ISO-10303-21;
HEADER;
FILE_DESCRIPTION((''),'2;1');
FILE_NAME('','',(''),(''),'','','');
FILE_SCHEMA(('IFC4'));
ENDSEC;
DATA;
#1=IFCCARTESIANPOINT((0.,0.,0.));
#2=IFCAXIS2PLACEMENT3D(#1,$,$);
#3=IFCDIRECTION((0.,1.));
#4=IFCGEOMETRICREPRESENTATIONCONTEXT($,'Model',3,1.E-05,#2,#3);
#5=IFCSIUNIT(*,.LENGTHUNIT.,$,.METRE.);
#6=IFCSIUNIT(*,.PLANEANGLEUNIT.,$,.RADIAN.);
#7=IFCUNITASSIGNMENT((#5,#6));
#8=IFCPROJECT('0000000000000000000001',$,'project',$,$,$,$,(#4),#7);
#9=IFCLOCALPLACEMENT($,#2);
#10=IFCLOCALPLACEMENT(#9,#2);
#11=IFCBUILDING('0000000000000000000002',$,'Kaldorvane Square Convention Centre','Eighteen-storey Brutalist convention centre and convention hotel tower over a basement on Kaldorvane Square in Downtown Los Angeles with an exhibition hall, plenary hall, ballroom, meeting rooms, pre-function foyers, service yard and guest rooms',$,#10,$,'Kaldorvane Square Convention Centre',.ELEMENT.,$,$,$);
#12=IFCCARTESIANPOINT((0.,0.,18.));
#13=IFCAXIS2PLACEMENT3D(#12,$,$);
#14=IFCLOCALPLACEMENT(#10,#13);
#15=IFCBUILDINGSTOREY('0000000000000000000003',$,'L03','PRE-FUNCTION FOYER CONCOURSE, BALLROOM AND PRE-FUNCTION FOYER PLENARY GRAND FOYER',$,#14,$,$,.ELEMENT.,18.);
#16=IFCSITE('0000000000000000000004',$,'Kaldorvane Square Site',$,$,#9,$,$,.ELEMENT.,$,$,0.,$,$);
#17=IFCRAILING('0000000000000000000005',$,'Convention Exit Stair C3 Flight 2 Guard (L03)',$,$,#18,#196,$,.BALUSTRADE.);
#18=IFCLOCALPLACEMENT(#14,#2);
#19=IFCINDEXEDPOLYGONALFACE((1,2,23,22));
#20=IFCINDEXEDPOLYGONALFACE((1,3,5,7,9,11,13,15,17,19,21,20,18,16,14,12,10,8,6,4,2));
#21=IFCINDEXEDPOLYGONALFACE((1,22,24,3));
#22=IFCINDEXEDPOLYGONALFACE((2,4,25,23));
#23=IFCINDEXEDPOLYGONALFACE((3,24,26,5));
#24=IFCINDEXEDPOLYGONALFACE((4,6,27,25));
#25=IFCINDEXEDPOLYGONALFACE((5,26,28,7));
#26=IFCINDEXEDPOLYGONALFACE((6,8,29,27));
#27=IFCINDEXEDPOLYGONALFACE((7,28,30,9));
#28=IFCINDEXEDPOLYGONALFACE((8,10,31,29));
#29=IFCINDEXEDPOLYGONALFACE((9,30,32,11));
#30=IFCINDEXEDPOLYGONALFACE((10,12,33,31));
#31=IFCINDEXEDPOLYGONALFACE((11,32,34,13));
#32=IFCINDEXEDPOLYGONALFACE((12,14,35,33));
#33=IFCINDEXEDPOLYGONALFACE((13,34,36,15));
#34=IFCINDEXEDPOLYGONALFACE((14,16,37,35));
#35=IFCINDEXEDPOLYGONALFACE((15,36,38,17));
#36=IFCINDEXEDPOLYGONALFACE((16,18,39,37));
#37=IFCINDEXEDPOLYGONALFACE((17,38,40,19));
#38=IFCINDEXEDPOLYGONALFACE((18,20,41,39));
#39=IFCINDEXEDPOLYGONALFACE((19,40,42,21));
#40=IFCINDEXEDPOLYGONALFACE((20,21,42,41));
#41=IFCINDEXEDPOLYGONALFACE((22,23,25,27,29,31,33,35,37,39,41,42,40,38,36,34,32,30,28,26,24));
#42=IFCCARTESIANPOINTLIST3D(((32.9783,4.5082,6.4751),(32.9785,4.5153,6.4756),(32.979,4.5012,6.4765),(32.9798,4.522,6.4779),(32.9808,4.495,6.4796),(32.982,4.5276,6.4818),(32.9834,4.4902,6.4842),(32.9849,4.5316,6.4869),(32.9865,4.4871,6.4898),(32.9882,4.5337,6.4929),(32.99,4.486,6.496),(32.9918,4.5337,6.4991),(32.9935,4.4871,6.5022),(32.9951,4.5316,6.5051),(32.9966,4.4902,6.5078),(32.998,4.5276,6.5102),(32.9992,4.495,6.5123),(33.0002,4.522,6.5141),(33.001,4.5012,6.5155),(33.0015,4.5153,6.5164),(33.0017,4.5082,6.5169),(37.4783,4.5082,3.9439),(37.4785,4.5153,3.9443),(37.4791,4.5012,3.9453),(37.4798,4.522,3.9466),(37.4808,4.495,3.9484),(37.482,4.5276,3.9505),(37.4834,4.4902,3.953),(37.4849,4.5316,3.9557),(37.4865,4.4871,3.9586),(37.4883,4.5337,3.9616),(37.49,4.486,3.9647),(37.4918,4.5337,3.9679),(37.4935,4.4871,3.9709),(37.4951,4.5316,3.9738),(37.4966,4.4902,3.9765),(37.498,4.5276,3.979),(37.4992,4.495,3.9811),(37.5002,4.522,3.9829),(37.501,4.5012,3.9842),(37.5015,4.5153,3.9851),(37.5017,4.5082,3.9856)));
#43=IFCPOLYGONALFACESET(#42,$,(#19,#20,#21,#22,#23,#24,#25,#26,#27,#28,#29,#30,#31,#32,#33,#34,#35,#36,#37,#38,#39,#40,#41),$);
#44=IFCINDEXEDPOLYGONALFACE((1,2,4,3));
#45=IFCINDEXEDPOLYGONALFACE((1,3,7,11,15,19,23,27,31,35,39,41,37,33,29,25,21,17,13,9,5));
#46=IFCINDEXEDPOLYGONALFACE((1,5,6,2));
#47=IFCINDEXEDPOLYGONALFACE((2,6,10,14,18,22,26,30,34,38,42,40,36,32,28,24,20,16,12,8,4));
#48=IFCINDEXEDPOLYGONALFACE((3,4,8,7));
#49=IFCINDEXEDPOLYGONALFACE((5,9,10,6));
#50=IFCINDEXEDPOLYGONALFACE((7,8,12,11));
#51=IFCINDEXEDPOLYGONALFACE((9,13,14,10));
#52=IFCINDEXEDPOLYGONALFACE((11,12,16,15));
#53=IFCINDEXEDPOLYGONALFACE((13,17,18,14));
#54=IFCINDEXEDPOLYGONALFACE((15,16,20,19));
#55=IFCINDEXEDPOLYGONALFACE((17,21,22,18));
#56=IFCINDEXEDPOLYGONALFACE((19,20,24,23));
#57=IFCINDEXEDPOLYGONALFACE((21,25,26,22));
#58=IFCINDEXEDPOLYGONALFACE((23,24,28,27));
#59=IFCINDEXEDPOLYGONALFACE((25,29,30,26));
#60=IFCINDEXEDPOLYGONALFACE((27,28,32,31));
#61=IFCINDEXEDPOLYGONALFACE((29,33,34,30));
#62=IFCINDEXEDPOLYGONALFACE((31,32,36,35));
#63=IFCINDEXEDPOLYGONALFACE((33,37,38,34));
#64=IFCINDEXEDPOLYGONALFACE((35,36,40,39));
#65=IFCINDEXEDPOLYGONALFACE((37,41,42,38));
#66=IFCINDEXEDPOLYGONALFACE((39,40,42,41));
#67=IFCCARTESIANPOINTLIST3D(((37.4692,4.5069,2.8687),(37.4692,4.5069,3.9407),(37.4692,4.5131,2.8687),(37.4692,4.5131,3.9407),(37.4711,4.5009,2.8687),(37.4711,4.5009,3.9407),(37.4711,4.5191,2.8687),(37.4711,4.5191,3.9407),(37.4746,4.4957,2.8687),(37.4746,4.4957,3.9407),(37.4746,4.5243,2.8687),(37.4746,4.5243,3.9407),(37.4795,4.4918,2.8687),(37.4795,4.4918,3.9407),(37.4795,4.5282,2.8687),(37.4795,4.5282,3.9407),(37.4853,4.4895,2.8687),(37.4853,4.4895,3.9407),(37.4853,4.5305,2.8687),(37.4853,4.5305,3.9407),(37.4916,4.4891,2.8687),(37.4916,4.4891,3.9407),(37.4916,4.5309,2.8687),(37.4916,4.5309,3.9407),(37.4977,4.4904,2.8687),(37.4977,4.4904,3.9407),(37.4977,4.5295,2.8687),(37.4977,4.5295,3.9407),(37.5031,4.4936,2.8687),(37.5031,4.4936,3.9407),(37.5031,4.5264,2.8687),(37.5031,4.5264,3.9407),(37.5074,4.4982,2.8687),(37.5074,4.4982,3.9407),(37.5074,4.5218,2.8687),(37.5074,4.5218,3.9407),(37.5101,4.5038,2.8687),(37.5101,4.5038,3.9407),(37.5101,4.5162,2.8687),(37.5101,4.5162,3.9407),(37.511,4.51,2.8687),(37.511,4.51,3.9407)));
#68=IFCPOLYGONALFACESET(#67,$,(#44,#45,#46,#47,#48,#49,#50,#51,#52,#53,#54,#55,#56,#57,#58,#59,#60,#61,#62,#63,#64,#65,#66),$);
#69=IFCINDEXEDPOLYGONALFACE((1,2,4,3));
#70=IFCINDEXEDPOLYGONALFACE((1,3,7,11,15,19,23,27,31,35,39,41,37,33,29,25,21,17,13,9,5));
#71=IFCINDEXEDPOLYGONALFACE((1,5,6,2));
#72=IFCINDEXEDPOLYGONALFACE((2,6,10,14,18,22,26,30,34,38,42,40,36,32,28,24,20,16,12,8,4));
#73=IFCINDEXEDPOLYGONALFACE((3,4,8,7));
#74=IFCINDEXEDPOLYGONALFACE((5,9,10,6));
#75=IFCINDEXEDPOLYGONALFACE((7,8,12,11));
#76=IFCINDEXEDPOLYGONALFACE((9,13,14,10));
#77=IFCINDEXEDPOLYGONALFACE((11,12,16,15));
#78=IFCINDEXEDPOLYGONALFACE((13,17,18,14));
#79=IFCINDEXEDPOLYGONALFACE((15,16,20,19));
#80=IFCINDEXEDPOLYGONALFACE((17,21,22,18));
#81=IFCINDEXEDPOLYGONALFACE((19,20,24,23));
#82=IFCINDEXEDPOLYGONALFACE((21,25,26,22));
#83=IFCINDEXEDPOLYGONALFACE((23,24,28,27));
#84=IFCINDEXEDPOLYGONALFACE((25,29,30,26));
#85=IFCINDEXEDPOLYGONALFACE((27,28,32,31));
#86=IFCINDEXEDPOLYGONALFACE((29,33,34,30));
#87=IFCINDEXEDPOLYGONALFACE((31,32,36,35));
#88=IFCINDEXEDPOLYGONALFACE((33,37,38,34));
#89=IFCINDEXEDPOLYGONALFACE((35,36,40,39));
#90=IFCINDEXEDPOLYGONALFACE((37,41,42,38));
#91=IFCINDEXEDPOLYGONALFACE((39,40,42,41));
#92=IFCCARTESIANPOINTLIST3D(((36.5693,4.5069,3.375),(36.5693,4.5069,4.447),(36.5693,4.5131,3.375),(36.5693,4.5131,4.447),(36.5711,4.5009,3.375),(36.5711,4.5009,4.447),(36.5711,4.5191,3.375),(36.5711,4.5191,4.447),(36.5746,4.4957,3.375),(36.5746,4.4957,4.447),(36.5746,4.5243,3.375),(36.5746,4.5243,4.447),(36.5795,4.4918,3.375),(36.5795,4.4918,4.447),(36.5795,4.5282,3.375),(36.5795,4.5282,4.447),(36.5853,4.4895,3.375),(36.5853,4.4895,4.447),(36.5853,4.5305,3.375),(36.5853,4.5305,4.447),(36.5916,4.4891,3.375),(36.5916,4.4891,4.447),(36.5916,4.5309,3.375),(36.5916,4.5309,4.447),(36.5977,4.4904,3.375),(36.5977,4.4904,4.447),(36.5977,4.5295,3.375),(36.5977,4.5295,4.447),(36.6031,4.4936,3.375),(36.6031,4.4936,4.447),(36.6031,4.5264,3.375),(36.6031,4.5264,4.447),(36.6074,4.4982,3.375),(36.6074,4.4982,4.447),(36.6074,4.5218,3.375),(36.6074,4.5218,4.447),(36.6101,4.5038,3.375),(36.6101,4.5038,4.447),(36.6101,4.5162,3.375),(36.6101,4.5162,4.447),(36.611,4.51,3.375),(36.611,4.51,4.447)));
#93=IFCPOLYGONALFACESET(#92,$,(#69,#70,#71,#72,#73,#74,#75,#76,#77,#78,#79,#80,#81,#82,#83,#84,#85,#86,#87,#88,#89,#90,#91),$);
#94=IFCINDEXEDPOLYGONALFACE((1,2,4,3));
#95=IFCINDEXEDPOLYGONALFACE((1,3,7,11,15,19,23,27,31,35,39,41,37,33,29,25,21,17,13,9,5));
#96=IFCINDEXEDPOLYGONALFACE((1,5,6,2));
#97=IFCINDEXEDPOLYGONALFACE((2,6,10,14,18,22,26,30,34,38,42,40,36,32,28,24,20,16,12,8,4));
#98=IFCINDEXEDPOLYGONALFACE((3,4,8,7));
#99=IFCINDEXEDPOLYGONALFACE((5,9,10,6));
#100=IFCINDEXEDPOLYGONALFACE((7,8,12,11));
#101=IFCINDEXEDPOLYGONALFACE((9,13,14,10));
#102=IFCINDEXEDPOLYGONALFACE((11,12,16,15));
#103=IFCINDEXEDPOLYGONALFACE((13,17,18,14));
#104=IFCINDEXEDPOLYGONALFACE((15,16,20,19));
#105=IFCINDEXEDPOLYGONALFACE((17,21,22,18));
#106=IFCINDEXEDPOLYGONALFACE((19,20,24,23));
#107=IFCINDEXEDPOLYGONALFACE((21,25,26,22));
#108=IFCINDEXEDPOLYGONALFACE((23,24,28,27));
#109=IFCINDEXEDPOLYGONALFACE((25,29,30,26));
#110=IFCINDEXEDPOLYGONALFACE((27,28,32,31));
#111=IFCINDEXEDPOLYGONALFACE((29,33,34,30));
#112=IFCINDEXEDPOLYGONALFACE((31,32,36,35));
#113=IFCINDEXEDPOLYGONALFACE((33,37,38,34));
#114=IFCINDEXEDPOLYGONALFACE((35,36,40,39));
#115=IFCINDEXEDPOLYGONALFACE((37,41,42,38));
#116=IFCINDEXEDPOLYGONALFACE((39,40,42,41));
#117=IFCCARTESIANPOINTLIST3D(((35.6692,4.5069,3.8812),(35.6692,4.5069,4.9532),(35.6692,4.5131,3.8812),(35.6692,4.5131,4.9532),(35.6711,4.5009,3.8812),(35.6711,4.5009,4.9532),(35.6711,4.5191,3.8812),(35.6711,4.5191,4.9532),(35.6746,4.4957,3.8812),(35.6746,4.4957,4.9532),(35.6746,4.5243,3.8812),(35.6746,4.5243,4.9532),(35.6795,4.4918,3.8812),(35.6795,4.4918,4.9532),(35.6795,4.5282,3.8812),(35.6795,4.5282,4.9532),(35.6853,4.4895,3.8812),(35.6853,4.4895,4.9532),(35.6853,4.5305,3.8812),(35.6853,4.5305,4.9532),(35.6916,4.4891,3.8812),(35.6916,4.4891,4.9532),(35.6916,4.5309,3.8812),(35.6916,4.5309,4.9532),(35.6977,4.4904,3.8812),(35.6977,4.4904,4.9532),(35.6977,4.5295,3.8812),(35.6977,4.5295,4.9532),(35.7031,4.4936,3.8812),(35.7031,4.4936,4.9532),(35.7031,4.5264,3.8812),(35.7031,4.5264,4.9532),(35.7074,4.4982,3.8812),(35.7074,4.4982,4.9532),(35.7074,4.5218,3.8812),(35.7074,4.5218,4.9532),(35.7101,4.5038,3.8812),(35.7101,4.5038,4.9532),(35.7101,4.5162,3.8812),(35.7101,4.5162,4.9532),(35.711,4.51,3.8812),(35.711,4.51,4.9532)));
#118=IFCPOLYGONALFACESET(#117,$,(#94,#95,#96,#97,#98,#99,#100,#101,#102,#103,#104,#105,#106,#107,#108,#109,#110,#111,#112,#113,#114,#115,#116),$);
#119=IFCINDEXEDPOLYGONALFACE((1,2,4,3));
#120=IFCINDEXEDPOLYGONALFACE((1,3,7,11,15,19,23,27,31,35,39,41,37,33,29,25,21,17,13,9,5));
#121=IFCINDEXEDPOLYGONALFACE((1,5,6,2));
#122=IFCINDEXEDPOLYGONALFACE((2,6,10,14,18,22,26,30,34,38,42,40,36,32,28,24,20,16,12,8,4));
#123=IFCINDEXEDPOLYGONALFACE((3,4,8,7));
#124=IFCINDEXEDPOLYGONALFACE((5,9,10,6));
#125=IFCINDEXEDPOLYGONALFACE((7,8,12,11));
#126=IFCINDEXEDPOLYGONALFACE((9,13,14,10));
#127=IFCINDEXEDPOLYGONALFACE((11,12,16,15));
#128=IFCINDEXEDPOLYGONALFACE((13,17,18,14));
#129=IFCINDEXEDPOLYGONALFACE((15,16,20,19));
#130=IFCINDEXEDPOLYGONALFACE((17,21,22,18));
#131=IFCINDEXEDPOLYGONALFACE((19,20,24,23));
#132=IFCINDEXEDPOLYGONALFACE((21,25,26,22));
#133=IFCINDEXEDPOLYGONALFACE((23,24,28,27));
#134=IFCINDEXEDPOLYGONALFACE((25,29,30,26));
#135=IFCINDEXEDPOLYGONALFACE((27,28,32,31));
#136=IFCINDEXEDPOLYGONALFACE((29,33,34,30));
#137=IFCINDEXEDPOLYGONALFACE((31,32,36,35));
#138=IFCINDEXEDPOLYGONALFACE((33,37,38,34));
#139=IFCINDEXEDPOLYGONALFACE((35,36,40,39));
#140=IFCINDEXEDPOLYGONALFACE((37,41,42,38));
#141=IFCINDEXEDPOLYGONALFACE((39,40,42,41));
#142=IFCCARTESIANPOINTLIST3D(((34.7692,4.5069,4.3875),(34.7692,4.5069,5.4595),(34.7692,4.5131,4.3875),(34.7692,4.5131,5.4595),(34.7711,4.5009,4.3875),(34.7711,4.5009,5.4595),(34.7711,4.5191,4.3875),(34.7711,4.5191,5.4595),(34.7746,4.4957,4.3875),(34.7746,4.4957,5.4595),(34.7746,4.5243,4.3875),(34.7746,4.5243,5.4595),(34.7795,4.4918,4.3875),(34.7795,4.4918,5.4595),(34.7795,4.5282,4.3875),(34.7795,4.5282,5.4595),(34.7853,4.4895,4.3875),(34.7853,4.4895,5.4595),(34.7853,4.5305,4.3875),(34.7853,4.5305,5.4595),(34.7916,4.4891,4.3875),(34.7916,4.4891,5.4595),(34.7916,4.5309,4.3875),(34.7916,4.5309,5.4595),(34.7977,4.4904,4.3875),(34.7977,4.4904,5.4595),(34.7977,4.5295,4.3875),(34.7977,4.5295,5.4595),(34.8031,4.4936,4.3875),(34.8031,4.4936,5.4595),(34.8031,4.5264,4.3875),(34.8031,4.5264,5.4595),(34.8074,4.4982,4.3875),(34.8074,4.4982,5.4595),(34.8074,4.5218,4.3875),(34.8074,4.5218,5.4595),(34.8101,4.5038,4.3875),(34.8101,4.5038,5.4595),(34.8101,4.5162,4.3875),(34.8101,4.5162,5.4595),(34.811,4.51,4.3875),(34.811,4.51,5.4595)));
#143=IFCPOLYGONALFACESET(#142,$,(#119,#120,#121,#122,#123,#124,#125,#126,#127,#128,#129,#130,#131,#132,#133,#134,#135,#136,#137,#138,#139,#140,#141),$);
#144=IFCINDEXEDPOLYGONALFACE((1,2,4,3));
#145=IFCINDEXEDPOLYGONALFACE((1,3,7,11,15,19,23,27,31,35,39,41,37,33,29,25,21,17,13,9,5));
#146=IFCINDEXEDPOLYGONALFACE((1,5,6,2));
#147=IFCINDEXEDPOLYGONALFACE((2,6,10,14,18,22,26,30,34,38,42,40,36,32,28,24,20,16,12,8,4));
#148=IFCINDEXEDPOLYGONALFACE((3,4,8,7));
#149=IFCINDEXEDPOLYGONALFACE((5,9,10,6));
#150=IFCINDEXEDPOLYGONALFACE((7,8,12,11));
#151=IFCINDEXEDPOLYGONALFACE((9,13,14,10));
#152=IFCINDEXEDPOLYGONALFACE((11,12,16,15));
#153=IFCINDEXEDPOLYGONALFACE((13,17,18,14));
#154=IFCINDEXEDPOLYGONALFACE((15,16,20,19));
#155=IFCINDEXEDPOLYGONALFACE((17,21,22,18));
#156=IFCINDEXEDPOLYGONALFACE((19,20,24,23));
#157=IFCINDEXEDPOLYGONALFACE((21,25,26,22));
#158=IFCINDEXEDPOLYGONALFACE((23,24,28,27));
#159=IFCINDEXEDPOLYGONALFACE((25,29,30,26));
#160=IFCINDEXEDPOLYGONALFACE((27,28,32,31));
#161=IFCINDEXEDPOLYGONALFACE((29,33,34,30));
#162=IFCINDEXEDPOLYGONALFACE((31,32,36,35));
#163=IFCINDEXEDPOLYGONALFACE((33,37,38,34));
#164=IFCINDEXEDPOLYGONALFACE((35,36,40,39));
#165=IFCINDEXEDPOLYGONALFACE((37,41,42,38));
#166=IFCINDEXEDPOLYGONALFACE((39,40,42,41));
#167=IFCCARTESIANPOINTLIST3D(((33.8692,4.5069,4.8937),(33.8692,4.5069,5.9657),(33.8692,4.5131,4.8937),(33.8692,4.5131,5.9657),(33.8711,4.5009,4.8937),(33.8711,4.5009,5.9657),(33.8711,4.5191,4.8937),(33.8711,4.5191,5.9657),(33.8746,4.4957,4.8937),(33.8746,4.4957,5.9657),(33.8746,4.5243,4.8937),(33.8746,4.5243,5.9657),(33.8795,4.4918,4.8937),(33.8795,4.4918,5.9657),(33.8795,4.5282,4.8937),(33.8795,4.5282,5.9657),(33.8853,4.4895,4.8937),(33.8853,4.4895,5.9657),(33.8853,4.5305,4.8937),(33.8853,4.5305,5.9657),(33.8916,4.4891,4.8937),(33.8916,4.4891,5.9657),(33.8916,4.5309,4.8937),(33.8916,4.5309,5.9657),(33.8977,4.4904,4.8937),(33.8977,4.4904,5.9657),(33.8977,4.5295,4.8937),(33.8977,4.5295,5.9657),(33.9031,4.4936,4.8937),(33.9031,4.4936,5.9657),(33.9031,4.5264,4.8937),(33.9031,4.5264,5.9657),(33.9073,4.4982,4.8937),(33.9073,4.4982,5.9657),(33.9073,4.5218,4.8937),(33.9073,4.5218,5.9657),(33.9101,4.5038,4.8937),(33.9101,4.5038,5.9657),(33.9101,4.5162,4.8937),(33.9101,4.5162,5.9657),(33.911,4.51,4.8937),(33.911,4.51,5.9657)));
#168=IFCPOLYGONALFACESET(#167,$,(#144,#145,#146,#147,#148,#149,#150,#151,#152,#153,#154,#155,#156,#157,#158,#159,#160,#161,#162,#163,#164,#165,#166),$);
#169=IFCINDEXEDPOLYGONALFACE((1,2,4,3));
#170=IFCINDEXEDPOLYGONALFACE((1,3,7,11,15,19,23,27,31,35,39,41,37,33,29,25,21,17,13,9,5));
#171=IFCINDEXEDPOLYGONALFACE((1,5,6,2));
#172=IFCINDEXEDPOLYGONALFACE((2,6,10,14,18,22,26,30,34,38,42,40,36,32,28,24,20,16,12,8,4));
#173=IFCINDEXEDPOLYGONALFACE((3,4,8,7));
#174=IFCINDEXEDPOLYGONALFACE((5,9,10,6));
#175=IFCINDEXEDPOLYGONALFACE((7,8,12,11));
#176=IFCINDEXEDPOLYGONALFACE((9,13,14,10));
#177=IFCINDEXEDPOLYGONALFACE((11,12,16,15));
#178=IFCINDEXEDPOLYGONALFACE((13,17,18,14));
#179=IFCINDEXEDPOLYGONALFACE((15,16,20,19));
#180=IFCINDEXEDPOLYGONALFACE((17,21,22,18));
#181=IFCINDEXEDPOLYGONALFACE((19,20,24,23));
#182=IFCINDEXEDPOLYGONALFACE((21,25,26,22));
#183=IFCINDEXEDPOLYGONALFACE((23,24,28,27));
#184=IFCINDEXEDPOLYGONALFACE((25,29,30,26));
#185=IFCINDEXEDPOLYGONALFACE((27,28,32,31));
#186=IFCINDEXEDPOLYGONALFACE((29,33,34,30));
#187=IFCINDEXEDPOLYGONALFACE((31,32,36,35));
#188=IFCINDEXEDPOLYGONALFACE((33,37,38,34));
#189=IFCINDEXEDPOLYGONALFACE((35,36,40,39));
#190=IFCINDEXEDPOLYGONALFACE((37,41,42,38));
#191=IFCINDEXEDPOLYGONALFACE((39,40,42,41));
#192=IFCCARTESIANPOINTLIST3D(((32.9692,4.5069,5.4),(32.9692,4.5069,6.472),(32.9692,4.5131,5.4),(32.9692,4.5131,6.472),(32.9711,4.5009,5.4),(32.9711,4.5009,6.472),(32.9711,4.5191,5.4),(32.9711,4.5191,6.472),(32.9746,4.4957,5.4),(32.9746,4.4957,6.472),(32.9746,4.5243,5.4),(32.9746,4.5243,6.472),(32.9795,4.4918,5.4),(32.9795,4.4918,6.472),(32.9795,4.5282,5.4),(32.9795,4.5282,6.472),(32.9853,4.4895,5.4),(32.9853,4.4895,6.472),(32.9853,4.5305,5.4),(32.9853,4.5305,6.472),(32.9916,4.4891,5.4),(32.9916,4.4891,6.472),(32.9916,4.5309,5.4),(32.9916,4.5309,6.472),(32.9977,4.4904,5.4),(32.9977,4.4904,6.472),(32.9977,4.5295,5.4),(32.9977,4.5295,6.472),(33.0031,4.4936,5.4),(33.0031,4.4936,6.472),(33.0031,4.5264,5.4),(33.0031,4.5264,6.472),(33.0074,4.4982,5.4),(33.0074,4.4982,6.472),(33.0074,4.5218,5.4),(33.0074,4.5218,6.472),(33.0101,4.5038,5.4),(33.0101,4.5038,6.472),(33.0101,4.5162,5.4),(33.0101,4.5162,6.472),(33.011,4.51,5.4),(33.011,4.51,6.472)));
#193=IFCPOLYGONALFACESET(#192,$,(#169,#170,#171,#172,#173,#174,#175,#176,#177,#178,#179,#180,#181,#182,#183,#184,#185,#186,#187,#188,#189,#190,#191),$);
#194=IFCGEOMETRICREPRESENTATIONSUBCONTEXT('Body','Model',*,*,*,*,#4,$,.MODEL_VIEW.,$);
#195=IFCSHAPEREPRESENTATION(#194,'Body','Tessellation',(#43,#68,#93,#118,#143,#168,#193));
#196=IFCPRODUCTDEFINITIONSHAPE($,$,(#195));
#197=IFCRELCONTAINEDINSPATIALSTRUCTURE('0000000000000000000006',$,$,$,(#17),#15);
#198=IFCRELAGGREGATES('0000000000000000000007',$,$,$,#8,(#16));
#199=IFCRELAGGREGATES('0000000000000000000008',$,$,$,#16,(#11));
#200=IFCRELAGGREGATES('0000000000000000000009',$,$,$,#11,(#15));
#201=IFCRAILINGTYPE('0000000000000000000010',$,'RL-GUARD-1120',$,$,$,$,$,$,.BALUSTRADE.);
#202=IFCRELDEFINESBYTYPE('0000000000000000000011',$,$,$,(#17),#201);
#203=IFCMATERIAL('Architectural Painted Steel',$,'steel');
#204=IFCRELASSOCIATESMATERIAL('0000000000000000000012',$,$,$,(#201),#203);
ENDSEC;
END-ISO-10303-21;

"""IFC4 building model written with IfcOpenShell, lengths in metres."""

from ifc_helpers import new_model, si_unit, direction, frame, origin, origin_2d, place, context, subcontext, project, spatial, circle, extrude, material, type_object, element, save


model = new_model("IFC4")

# Units and contexts
model_context = context("Model", 3, precision=1e-05, world=origin(), true_north=direction((0.0, 1.0)))
body_context = subcontext(model_context, "Body", "Model", "MODEL_VIEW")
ifc_project = project(units=[si_unit("LENGTHUNIT", "METRE"), si_unit("PLANEANGLEUNIT", "RADIAN")], contexts=[model_context])

# Site, building, storey
site_placement = place(None, origin())
site = spatial("IfcSite", under=ifc_project, at=site_placement, Name="Kaldorvane Square Site", CompositionType="ELEMENT", RefElevation=0.0)
building_placement = place(site_placement, origin())
building = spatial("IfcBuilding", under=site, at=building_placement, Name="Kaldorvane Square Convention Centre", Description="Eighteen-storey Brutalist convention centre and convention hotel tower over a basement on Kaldorvane Square in Downtown Los Angeles with an exhibition hall, plenary hall, ballroom, meeting rooms, pre-function foyers, service yard and guest rooms", LongName="Kaldorvane Square Convention Centre", CompositionType="ELEMENT")
storey_placement = place(building_placement, frame((0.0, 0.0, 18.0)))
storey = spatial("IfcBuildingStorey", under=building, at=storey_placement, Name="L03", Description="PRE-FUNCTION FOYER CONCOURSE, BALLROOM AND PRE-FUNCTION FOYER PLENARY GRAND FOYER", CompositionType="ELEMENT", Elevation=18.0)

# Railing
ifc_material_1 = material(Name="Architectural Painted Steel", Category="steel")
railing_type_1 = type_object("IfcRailingType", Name="RL-GUARD-1120", PredefinedType="BALUSTRADE", material=ifc_material_1)
railing_1_placement = place(storey_placement, frame((37.49, 4.51, 2.8687)))
element("IfcRailing", 1, at=railing_1_placement, inside=storey, type_object=railing_type_1, Name="Convention Exit Stair C3 Flight 2 Guard (L03)", PredefinedType="BALUSTRADE", context=body_context, shape_type="SweptSolid", body=[
    extrude(circle(Radius=0.024, at=origin_2d()), frame((0.0, 0.0, 1.096), z_axis=(-0.871576, 0.0, 0.490261), x_axis=(0.0, -1.0, 0.0)), (0.0, 0.0, 1.0), 5.1631),
    extrude(circle(Radius=0.021, at=origin_2d()), origin(), (0.0, 0.0, 1.0), 1.072),
    extrude(circle(Radius=0.021, at=origin_2d()), frame((-0.9, 0.0, 0.5063)), (0.0, 0.0, 1.0), 1.072),
    extrude(circle(Radius=0.021, at=origin_2d()), frame((-1.8, 0.0, 1.0125)), (0.0, 0.0, 1.0), 1.072),
    extrude(circle(Radius=0.021, at=origin_2d()), frame((-2.7, 0.0, 1.5188)), (0.0, 0.0, 1.0), 1.072),
    extrude(circle(Radius=0.021, at=origin_2d()), frame((-3.6, 0.0, 2.025)), (0.0, 0.0, 1.0), 1.072),
    extrude(circle(Radius=0.021, at=origin_2d()), frame((-4.5, 0.0, 2.5312)), (0.0, 0.0, 1.0), 1.072),
])

save(model, "model.ifc")
